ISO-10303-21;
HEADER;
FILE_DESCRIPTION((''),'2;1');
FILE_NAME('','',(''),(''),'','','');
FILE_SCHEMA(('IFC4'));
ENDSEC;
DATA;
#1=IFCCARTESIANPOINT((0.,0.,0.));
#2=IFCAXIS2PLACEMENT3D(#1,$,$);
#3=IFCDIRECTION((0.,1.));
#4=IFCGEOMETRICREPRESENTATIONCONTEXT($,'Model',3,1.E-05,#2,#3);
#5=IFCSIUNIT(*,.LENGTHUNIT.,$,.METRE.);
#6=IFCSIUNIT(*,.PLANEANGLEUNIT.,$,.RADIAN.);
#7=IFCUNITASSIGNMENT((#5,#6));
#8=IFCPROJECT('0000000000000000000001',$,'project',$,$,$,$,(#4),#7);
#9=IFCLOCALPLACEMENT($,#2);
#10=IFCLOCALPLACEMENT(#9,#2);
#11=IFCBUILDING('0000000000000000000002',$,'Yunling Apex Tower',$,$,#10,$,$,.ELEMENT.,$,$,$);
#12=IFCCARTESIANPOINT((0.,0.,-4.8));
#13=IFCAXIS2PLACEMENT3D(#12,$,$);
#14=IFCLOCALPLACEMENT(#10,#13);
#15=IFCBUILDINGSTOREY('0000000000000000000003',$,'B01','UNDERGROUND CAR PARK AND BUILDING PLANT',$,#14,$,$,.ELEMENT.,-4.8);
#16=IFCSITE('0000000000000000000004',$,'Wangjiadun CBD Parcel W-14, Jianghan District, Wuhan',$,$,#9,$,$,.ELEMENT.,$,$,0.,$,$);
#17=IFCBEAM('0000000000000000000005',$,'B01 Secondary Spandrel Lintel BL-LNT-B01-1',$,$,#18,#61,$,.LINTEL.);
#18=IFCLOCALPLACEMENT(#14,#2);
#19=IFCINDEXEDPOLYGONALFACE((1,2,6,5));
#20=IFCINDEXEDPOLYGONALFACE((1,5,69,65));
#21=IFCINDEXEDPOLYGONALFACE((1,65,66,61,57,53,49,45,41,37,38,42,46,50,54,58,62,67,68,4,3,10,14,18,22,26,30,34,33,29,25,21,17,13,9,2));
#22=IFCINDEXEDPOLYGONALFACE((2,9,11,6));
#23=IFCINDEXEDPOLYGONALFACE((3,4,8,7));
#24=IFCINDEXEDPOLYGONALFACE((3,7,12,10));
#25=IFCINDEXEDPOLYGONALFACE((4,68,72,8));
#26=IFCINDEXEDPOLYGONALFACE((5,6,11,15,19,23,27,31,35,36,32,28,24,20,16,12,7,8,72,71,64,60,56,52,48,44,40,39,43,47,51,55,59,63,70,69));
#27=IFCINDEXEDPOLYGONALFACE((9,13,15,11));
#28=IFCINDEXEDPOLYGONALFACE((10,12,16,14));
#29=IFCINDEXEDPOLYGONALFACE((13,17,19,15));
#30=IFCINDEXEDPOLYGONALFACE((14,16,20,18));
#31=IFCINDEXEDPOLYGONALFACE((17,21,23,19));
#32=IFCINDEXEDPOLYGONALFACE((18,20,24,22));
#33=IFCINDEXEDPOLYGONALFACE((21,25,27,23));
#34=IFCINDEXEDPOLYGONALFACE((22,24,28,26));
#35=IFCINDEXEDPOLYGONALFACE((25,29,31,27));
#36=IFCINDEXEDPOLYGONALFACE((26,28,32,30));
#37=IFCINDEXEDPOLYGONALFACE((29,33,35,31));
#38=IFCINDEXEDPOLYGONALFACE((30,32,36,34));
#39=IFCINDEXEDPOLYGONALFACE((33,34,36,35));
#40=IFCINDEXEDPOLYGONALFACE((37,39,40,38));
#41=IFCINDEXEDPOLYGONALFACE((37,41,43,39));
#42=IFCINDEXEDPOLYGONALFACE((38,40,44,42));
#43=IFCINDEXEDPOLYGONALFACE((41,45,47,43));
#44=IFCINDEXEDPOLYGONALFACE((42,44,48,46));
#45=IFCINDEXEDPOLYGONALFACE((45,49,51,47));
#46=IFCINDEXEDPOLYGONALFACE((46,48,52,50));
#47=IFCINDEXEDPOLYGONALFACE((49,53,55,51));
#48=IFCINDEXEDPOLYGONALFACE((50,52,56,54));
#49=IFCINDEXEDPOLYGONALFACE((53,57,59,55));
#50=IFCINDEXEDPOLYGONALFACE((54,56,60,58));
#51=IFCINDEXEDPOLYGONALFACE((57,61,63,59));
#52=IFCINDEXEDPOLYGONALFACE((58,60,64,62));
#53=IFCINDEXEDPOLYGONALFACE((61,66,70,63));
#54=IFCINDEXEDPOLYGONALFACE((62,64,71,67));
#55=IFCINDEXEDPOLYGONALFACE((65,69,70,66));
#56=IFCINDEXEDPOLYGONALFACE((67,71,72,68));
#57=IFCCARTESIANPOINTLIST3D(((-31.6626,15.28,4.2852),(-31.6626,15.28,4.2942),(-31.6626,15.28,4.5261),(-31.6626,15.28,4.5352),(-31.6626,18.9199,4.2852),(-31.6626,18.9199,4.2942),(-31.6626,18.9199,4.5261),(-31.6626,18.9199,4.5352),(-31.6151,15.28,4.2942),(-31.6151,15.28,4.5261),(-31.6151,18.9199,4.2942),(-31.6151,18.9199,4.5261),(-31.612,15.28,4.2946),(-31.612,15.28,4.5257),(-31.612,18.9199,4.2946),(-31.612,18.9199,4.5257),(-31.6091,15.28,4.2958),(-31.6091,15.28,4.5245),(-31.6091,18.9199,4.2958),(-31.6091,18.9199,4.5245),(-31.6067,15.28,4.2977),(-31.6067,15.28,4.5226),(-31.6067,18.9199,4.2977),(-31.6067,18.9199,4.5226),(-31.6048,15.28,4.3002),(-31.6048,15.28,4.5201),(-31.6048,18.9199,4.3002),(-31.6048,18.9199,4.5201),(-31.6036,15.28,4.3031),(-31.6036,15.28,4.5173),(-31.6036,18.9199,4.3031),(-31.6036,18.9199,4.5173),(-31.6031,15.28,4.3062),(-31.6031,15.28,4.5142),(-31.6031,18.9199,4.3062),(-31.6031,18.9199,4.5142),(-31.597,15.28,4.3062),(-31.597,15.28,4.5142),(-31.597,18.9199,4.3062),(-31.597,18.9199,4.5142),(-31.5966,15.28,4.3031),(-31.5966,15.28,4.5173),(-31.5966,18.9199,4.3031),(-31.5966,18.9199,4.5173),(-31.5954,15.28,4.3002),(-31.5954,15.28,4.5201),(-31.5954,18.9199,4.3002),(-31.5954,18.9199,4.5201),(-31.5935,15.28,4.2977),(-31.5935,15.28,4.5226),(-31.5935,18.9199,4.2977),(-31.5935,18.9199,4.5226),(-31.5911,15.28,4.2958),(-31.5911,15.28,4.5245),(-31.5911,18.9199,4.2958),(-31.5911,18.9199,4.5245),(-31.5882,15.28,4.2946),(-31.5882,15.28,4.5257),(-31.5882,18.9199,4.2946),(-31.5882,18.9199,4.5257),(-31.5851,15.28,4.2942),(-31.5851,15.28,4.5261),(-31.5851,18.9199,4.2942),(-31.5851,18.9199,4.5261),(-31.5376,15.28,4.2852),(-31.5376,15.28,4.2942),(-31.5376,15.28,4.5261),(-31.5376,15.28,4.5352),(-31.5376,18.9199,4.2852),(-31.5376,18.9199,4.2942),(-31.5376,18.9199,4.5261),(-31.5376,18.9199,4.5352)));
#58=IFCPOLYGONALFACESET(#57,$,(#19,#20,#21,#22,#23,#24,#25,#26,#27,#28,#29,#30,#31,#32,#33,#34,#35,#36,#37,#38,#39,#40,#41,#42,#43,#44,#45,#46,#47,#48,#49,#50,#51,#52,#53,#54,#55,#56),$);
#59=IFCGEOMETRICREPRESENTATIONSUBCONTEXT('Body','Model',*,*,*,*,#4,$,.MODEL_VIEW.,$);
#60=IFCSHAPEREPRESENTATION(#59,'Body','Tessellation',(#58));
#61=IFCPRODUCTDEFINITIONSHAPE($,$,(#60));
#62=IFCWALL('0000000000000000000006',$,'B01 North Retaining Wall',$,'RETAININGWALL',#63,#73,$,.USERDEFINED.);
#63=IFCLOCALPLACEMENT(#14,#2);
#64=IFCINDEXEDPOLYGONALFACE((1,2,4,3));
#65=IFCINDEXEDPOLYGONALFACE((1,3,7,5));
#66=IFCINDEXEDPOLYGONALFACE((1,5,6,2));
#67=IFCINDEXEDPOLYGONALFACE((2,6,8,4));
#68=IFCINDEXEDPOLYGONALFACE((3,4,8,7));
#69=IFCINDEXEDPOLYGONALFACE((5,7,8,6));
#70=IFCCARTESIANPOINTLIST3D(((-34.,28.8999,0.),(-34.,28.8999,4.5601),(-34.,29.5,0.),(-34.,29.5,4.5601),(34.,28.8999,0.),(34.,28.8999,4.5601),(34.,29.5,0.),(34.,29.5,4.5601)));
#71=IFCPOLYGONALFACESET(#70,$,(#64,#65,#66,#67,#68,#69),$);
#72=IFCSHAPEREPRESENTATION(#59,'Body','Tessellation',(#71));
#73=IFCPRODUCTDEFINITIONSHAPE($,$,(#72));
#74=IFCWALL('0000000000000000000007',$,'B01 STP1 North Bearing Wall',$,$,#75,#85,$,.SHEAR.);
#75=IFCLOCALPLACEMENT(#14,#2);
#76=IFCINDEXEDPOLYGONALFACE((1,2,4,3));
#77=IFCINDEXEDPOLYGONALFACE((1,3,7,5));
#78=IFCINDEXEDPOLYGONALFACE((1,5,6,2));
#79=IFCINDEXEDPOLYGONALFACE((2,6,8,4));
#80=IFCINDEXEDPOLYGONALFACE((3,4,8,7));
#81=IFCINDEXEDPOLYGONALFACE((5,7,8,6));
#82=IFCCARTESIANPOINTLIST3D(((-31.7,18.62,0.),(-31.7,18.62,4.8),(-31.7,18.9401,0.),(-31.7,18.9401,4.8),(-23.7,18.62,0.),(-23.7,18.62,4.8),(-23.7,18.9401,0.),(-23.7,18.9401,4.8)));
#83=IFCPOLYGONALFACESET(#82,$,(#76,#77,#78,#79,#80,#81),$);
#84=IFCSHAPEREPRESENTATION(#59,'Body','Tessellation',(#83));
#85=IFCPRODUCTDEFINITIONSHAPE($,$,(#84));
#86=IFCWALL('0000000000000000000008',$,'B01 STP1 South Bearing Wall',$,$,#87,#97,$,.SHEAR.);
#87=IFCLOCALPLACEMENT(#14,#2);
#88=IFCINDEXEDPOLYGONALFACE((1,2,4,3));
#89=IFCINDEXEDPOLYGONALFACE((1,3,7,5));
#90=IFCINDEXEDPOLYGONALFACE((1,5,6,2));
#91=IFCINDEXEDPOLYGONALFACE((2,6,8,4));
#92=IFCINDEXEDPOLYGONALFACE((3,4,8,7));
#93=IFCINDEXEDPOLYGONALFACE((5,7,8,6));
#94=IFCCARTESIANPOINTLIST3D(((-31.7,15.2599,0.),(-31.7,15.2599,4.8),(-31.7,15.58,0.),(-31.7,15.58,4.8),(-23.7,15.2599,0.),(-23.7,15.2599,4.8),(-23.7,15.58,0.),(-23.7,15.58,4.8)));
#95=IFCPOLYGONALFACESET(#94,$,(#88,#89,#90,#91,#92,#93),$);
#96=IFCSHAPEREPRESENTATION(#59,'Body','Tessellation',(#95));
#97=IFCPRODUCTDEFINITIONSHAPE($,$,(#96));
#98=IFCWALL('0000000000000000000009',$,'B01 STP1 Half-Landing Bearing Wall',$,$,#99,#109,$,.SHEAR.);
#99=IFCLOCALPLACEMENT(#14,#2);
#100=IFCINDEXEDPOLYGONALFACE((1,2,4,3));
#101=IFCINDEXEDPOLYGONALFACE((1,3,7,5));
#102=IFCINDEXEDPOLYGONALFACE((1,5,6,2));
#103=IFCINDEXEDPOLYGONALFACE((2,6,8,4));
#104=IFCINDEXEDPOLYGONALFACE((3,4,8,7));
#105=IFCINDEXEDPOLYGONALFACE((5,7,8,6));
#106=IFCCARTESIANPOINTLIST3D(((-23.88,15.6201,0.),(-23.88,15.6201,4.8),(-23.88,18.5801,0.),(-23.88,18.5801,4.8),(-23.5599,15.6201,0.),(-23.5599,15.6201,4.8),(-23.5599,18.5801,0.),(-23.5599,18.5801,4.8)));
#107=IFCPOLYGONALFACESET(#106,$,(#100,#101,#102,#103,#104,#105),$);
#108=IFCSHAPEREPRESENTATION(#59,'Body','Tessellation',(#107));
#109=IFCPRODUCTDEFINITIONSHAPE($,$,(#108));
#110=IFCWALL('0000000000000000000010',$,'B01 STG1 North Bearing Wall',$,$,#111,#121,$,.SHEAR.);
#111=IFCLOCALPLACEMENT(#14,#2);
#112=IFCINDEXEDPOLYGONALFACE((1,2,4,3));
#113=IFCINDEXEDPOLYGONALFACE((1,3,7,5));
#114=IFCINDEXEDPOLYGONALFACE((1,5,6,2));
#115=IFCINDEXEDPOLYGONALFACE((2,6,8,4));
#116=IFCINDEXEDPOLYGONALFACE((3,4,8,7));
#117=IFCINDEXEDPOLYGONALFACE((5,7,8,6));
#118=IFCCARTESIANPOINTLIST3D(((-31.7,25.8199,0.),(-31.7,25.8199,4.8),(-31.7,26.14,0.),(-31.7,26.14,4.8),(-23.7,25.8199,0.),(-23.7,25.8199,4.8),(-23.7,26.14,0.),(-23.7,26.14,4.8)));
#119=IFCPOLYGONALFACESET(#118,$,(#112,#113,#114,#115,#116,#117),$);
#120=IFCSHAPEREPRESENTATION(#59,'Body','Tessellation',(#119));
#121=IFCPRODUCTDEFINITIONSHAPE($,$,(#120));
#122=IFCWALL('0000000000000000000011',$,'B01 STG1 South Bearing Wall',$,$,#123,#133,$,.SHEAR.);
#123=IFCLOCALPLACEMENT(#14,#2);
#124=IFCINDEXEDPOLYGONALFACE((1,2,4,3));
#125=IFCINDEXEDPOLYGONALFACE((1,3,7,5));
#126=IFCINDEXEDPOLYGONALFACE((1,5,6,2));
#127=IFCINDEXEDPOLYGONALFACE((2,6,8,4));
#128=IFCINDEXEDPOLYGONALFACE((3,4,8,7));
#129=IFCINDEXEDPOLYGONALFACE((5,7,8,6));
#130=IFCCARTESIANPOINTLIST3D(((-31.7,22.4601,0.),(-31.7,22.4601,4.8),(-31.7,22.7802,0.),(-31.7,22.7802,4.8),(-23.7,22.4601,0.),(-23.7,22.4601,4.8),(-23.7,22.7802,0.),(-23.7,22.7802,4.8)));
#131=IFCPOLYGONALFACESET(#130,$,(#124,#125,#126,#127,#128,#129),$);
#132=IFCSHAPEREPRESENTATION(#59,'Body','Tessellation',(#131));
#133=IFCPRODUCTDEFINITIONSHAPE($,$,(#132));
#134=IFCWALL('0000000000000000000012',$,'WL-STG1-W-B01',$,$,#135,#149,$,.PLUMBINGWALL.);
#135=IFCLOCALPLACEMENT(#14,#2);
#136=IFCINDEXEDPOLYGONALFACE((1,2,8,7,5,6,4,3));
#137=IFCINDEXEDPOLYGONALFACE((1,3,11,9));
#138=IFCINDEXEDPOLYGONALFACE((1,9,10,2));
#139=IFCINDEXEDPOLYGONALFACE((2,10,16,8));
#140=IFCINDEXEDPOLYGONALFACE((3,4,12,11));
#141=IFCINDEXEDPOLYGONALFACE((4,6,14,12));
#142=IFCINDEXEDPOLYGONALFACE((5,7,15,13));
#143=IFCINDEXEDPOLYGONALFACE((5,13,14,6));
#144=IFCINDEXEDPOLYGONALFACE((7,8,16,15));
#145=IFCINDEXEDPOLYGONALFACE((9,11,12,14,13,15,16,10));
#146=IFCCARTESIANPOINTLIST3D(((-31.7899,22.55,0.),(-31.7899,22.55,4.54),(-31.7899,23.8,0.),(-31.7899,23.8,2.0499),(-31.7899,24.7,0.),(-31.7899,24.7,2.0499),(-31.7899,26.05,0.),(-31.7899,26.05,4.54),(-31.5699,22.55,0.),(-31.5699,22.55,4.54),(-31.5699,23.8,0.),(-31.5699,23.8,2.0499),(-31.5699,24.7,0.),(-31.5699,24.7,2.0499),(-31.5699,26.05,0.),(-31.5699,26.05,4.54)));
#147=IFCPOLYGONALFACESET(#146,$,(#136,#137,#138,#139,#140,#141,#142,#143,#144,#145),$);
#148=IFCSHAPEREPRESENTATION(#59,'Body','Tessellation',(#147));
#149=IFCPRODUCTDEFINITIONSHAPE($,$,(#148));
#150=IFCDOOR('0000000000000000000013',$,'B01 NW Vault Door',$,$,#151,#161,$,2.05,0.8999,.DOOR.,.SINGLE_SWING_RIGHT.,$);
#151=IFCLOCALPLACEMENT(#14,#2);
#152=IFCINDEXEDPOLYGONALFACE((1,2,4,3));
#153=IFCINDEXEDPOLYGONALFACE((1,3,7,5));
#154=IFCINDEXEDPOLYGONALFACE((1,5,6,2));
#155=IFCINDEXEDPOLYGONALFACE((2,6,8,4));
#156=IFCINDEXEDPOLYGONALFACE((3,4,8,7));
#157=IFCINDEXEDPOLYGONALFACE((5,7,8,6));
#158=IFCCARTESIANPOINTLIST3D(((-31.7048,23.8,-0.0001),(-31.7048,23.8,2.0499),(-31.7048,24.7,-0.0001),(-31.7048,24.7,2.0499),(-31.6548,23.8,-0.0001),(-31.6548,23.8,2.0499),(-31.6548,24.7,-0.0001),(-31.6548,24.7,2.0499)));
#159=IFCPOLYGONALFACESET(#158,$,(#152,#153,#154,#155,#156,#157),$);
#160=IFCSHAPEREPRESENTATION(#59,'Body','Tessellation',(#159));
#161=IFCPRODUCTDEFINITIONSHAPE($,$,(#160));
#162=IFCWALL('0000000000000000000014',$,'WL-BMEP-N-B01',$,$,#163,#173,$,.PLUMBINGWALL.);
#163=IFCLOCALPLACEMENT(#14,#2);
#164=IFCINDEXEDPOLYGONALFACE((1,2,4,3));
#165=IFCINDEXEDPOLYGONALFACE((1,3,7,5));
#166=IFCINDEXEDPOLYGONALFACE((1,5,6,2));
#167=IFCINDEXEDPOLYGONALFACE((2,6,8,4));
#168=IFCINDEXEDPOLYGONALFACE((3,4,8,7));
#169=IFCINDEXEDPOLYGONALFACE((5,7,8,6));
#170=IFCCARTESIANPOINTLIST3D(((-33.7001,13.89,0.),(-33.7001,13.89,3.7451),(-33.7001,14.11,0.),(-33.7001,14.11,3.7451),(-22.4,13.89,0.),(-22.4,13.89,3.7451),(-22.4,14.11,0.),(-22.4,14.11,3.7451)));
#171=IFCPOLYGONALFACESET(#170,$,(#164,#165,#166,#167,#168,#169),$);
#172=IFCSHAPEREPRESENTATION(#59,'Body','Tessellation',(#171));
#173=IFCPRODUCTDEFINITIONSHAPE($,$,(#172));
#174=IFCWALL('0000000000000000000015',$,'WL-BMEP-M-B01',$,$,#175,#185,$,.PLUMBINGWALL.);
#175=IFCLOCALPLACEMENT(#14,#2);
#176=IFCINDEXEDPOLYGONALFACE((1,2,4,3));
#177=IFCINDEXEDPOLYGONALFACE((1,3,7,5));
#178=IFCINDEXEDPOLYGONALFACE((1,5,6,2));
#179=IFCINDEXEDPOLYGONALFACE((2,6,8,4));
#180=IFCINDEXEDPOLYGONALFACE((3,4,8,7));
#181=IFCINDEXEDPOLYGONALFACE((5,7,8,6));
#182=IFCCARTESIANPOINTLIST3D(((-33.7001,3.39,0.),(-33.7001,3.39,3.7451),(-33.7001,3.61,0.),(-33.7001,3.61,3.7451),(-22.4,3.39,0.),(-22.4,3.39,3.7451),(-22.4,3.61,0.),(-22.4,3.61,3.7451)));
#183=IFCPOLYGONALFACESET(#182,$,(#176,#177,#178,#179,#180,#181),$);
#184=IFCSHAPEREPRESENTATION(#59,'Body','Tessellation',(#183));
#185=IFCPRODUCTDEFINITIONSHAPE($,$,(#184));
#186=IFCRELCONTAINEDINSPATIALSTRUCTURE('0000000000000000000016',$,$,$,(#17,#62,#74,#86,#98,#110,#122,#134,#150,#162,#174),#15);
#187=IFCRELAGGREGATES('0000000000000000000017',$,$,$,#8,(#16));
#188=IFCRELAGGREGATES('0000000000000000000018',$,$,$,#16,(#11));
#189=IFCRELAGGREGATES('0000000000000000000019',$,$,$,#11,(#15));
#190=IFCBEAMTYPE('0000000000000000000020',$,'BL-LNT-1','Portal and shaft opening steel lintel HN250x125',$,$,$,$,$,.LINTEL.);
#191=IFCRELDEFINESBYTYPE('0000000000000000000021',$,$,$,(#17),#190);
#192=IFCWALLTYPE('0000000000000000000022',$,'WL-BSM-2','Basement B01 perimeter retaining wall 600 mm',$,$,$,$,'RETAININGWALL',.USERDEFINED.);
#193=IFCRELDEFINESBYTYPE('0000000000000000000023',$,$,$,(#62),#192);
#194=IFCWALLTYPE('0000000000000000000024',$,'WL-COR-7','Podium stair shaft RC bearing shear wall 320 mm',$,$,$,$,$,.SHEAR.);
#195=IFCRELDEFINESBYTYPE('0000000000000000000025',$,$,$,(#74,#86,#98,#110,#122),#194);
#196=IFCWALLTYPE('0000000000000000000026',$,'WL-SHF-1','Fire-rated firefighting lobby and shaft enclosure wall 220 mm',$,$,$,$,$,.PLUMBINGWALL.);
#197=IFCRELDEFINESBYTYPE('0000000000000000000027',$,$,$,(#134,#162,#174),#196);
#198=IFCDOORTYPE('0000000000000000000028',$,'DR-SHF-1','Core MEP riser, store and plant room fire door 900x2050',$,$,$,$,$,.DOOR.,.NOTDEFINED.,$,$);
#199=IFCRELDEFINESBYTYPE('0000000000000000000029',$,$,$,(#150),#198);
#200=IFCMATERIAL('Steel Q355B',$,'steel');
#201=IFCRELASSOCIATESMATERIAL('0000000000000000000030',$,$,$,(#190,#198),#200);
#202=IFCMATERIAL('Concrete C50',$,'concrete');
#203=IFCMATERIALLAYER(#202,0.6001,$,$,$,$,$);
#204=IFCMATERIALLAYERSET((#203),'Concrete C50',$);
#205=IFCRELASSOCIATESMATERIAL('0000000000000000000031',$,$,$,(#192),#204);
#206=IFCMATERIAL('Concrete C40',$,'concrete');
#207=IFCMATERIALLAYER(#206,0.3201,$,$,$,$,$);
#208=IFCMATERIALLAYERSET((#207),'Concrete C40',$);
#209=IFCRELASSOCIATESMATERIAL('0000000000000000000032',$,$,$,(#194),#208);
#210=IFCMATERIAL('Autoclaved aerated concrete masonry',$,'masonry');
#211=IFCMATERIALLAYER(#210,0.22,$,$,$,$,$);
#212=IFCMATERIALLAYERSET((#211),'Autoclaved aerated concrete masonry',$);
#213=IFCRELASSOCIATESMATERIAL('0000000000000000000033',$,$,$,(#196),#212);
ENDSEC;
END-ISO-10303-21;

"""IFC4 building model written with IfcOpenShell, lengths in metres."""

from ifc_helpers import new_model, si_unit, direction, frame, frame_2d, origin, origin_2d, place, context, subcontext, project, spatial, rectangle, i_section, extrude, source, transform, mapped, material, layer, layer_set, material_profile, profile_set, type_object, element, fill, save


model = new_model("IFC4")

# Units and contexts
model_context = context("Model", 3, precision=1e-05, world=origin(), true_north=direction((0.0, 1.0)))
body_context = subcontext(model_context, "Body", "Model", "MODEL_VIEW")
ifc_project = project(units=[si_unit("LENGTHUNIT", "METRE"), si_unit("PLANEANGLEUNIT", "RADIAN")], contexts=[model_context])

# Site, building, storey
site_placement = place(None, origin())
site = spatial("IfcSite", under=ifc_project, at=site_placement, Name="Wangjiadun CBD Parcel W-14, Jianghan District, Wuhan", CompositionType="ELEMENT", RefElevation=0.0)
building_placement = place(site_placement, origin())
building = spatial("IfcBuilding", under=site, at=building_placement, Name="Yunling Apex Tower", CompositionType="ELEMENT")
storey_placement = place(building_placement, frame((0.0, 0.0, -4.8)))
storey = spatial("IfcBuildingStorey", under=building, at=storey_placement, Name="B01", Description="UNDERGROUND CAR PARK AND BUILDING PLANT", CompositionType="ELEMENT", Elevation=-4.8)

# Shared definitions
ifc_material_1 = material(Name="Concrete C50", Category="concrete")

# Beam
ifc_material_2 = material(Name="Steel Q355B", Category="steel")
ifc_material_profile_1 = material_profile(ifc_material_2, i_section(OverallWidth=0.125, OverallDepth=0.25, WebThickness=0.0061, FlangeThickness=0.009, FilletRadius=0.012, at=origin_2d()))
ifc_profile_set_1 = profile_set([ifc_material_profile_1], Name="Steel Q355B")
beam_type_1 = type_object("IfcBeamType", Name="BL-LNT-1", Description="Portal and shaft opening steel lintel HN250x125", PredefinedType="LINTEL", material=ifc_profile_set_1)
shared_shape_1 = source(origin(), body_context, "Body", "SweptSolid", [
    extrude(i_section(OverallWidth=0.125, OverallDepth=0.25, WebThickness=0.0061, FlangeThickness=0.009, FilletRadius=0.012, at=origin_2d()), origin(), (0.0, 0.0, 1.0), 3.6399),
])
beam_1_placement = place(storey_placement, frame((-31.6001, 15.28, 4.4102), z_axis=(0.0, 1.0, 0.0), x_axis=(-1.0, 0.0, 0.0)))
element("IfcBeam", 1, at=beam_1_placement, inside=storey, type_object=beam_type_1, Name="B01 Secondary Spandrel Lintel BL-LNT-B01-1", PredefinedType="LINTEL", context=body_context, shape_type="MappedRepresentation", body=[
    mapped(shared_shape_1, transform((0.0, 0.0, 0.0), scale=1.0)),
])

# Walls
ifc_layer_1 = layer(ifc_material_1, 0.6001)
ifc_layer_set_1 = layer_set([ifc_layer_1], Name="Concrete C50")
wall_type_1 = type_object("IfcWallType", Name="WL-BSM-2", Description="Basement B01 perimeter retaining wall 600 mm", ElementType="RETAININGWALL", PredefinedType="USERDEFINED", material=ifc_layer_set_1)
wall_1_placement = place(storey_placement, frame((-34.0, 29.2, 0.0), z_axis=(0.0, 0.0, 1.0), x_axis=(1.0, 0.0, 0.0)))
element("IfcWall", 2, at=wall_1_placement, inside=storey, type_object=wall_type_1, Name="B01 North Retaining Wall", ObjectType="RETAININGWALL", PredefinedType="USERDEFINED", context=body_context, shape_type="SweptSolid", body=[
    extrude(rectangle(XDim=68.0, YDim=0.6001, at=frame_2d((34.0, 0.0))), origin(), (0.0, 0.0, 1.0), 4.5601),
])
ifc_material_3 = material(Name="Concrete C40", Category="concrete")
ifc_layer_2 = layer(ifc_material_3, 0.3201)
ifc_layer_set_2 = layer_set([ifc_layer_2], Name="Concrete C40")
wall_type_2 = type_object("IfcWallType", Name="WL-COR-7", Description="Podium stair shaft RC bearing shear wall 320 mm", PredefinedType="SHEAR", material=ifc_layer_set_2)
for number, where, z_axis, x_axis, name in (
    (3, (-31.7, 18.78, 0.0), (0.0, 0.0, 1.0), (1.0, 0.0, 0.0), "B01 STP1 North Bearing Wall"),
    (4, (-31.7, 15.4199, 0.0), (0.0, 0.0, 1.0), (1.0, 0.0, 0.0), "B01 STP1 South Bearing Wall"),
):
    element("IfcWall", number, at=place(storey_placement, frame(where, z_axis=z_axis, x_axis=x_axis)), inside=storey, type_object=wall_type_2, Name=name, PredefinedType="SHEAR", context=body_context, shape_type="SweptSolid", body=[
        extrude(rectangle(XDim=8.0, YDim=0.3201, at=frame_2d((4.0, 0.0))), origin(), (0.0, 0.0, 1.0), 4.8),
    ])
wall_2_placement = place(storey_placement, frame((-23.72, 15.6201, 0.0), z_axis=(0.0, 0.0, 1.0), x_axis=(0.0, 1.0, 0.0)))
element("IfcWall", 5, at=wall_2_placement, inside=storey, type_object=wall_type_2, Name="B01 STP1 Half-Landing Bearing Wall", PredefinedType="SHEAR", context=body_context, shape_type="SweptSolid", body=[
    extrude(rectangle(XDim=2.96, YDim=0.3201, at=frame_2d((1.48, 0.0))), origin(), (0.0, 0.0, 1.0), 4.8),
])
for number, where, z_axis, x_axis, name in (
    (6, (-31.7, 25.98, 0.0), (0.0, 0.0, 1.0), (1.0, 0.0, 0.0), "B01 STG1 North Bearing Wall"),
    (7, (-31.7, 22.6201, 0.0), (0.0, 0.0, 1.0), (1.0, 0.0, 0.0), "B01 STG1 South Bearing Wall"),
):
    element("IfcWall", number, at=place(storey_placement, frame(where, z_axis=z_axis, x_axis=x_axis)), inside=storey, type_object=wall_type_2, Name=name, PredefinedType="SHEAR", context=body_context, shape_type="SweptSolid", body=[
        extrude(rectangle(XDim=8.0, YDim=0.3201, at=frame_2d((4.0, 0.0))), origin(), (0.0, 0.0, 1.0), 4.8),
    ])

# Wall, opening, door
ifc_material_4 = material(Name="Autoclaved aerated concrete masonry", Category="masonry")
ifc_layer_3 = layer(ifc_material_4, 0.22)
ifc_layer_set_3 = layer_set([ifc_layer_3], Name="Autoclaved aerated concrete masonry")
wall_type_3 = type_object("IfcWallType", Name="WL-SHF-1", Description="Fire-rated firefighting lobby and shaft enclosure wall 220 mm", PredefinedType="PLUMBINGWALL", material=ifc_layer_set_3)
wall_3_placement = place(storey_placement, frame((-31.6799, 22.55, 0.0), z_axis=(0.0, 0.0, 1.0), x_axis=(0.0, 1.0, 0.0)))
wall_3 = element("IfcWall", 8, at=wall_3_placement, inside=storey, type_object=wall_type_3, Name="WL-STG1-W-B01", PredefinedType="PLUMBINGWALL", context=body_context, shape_type="SweptSolid", body=[
    extrude(rectangle(XDim=3.5, YDim=0.22, at=frame_2d((1.75, 0.0))), origin(), (0.0, 0.0, 1.0), 4.54),
])
opening_1_placement = place(wall_3_placement, frame((1.25, 0.0, 0.0)))
opening_1 = element("IfcOpeningElement", 9, at=opening_1_placement, cuts=wall_3, PredefinedType="OPENING", context=body_context, shape_type="SweptSolid", body=[
    extrude(rectangle(XDim=0.8999, YDim=2.05, at=frame_2d((0.45, 1.0249))), frame((0.0, 0.1201, 0.0), z_axis=(0.0, -1.0, 0.0), x_axis=(1.0, 0.0, 0.0)), (0.0, 0.0, 1.0), 0.24),
])
door_type_1 = type_object("IfcDoorType", Name="DR-SHF-1", Description="Core MEP riser, store and plant room fire door 900x2050", OperationType="NOTDEFINED", PredefinedType="DOOR", material=ifc_material_2)
door_1_placement = place(opening_1_placement, origin())
door_1 = element("IfcDoor", 10, at=door_1_placement, inside=storey, type_object=door_type_1, Name="B01 NW Vault Door", OperationType="SINGLE_SWING_RIGHT", OverallHeight=2.05, OverallWidth=0.8999, PredefinedType="DOOR", context=body_context, shape_type="SweptSolid", body=[
    extrude(rectangle(XDim=0.8999, YDim=2.05, at=frame_2d((0.45, 1.0249))), frame((0.0, 0.0249, 0.0), z_axis=(0.0, -1.0, 0.0), x_axis=(1.0, 0.0, 0.0)), (0.0, 0.0, 1.0), 0.05),
])
fill(opening_1, door_1)

# Walls
for number, where, z_axis, x_axis, name in (
    (11, (-33.7, 14.0, 0.0), (0.0, 0.0, 1.0), (1.0, 0.0, 0.0), "WL-BMEP-N-B01"),
    (12, (-33.7, 3.5, 0.0), (0.0, 0.0, 1.0), (1.0, 0.0, 0.0), "WL-BMEP-M-B01"),
):
    element("IfcWall", number, at=place(storey_placement, frame(where, z_axis=z_axis, x_axis=x_axis)), inside=storey, type_object=wall_type_3, Name=name, PredefinedType="PLUMBINGWALL", context=body_context, shape_type="SweptSolid", body=[
        extrude(rectangle(XDim=11.3, YDim=0.22, at=frame_2d((5.6499, 0.0))), origin(), (0.0, 0.0, 1.0), 3.7451),
    ])

save(model, "model.ifc")
